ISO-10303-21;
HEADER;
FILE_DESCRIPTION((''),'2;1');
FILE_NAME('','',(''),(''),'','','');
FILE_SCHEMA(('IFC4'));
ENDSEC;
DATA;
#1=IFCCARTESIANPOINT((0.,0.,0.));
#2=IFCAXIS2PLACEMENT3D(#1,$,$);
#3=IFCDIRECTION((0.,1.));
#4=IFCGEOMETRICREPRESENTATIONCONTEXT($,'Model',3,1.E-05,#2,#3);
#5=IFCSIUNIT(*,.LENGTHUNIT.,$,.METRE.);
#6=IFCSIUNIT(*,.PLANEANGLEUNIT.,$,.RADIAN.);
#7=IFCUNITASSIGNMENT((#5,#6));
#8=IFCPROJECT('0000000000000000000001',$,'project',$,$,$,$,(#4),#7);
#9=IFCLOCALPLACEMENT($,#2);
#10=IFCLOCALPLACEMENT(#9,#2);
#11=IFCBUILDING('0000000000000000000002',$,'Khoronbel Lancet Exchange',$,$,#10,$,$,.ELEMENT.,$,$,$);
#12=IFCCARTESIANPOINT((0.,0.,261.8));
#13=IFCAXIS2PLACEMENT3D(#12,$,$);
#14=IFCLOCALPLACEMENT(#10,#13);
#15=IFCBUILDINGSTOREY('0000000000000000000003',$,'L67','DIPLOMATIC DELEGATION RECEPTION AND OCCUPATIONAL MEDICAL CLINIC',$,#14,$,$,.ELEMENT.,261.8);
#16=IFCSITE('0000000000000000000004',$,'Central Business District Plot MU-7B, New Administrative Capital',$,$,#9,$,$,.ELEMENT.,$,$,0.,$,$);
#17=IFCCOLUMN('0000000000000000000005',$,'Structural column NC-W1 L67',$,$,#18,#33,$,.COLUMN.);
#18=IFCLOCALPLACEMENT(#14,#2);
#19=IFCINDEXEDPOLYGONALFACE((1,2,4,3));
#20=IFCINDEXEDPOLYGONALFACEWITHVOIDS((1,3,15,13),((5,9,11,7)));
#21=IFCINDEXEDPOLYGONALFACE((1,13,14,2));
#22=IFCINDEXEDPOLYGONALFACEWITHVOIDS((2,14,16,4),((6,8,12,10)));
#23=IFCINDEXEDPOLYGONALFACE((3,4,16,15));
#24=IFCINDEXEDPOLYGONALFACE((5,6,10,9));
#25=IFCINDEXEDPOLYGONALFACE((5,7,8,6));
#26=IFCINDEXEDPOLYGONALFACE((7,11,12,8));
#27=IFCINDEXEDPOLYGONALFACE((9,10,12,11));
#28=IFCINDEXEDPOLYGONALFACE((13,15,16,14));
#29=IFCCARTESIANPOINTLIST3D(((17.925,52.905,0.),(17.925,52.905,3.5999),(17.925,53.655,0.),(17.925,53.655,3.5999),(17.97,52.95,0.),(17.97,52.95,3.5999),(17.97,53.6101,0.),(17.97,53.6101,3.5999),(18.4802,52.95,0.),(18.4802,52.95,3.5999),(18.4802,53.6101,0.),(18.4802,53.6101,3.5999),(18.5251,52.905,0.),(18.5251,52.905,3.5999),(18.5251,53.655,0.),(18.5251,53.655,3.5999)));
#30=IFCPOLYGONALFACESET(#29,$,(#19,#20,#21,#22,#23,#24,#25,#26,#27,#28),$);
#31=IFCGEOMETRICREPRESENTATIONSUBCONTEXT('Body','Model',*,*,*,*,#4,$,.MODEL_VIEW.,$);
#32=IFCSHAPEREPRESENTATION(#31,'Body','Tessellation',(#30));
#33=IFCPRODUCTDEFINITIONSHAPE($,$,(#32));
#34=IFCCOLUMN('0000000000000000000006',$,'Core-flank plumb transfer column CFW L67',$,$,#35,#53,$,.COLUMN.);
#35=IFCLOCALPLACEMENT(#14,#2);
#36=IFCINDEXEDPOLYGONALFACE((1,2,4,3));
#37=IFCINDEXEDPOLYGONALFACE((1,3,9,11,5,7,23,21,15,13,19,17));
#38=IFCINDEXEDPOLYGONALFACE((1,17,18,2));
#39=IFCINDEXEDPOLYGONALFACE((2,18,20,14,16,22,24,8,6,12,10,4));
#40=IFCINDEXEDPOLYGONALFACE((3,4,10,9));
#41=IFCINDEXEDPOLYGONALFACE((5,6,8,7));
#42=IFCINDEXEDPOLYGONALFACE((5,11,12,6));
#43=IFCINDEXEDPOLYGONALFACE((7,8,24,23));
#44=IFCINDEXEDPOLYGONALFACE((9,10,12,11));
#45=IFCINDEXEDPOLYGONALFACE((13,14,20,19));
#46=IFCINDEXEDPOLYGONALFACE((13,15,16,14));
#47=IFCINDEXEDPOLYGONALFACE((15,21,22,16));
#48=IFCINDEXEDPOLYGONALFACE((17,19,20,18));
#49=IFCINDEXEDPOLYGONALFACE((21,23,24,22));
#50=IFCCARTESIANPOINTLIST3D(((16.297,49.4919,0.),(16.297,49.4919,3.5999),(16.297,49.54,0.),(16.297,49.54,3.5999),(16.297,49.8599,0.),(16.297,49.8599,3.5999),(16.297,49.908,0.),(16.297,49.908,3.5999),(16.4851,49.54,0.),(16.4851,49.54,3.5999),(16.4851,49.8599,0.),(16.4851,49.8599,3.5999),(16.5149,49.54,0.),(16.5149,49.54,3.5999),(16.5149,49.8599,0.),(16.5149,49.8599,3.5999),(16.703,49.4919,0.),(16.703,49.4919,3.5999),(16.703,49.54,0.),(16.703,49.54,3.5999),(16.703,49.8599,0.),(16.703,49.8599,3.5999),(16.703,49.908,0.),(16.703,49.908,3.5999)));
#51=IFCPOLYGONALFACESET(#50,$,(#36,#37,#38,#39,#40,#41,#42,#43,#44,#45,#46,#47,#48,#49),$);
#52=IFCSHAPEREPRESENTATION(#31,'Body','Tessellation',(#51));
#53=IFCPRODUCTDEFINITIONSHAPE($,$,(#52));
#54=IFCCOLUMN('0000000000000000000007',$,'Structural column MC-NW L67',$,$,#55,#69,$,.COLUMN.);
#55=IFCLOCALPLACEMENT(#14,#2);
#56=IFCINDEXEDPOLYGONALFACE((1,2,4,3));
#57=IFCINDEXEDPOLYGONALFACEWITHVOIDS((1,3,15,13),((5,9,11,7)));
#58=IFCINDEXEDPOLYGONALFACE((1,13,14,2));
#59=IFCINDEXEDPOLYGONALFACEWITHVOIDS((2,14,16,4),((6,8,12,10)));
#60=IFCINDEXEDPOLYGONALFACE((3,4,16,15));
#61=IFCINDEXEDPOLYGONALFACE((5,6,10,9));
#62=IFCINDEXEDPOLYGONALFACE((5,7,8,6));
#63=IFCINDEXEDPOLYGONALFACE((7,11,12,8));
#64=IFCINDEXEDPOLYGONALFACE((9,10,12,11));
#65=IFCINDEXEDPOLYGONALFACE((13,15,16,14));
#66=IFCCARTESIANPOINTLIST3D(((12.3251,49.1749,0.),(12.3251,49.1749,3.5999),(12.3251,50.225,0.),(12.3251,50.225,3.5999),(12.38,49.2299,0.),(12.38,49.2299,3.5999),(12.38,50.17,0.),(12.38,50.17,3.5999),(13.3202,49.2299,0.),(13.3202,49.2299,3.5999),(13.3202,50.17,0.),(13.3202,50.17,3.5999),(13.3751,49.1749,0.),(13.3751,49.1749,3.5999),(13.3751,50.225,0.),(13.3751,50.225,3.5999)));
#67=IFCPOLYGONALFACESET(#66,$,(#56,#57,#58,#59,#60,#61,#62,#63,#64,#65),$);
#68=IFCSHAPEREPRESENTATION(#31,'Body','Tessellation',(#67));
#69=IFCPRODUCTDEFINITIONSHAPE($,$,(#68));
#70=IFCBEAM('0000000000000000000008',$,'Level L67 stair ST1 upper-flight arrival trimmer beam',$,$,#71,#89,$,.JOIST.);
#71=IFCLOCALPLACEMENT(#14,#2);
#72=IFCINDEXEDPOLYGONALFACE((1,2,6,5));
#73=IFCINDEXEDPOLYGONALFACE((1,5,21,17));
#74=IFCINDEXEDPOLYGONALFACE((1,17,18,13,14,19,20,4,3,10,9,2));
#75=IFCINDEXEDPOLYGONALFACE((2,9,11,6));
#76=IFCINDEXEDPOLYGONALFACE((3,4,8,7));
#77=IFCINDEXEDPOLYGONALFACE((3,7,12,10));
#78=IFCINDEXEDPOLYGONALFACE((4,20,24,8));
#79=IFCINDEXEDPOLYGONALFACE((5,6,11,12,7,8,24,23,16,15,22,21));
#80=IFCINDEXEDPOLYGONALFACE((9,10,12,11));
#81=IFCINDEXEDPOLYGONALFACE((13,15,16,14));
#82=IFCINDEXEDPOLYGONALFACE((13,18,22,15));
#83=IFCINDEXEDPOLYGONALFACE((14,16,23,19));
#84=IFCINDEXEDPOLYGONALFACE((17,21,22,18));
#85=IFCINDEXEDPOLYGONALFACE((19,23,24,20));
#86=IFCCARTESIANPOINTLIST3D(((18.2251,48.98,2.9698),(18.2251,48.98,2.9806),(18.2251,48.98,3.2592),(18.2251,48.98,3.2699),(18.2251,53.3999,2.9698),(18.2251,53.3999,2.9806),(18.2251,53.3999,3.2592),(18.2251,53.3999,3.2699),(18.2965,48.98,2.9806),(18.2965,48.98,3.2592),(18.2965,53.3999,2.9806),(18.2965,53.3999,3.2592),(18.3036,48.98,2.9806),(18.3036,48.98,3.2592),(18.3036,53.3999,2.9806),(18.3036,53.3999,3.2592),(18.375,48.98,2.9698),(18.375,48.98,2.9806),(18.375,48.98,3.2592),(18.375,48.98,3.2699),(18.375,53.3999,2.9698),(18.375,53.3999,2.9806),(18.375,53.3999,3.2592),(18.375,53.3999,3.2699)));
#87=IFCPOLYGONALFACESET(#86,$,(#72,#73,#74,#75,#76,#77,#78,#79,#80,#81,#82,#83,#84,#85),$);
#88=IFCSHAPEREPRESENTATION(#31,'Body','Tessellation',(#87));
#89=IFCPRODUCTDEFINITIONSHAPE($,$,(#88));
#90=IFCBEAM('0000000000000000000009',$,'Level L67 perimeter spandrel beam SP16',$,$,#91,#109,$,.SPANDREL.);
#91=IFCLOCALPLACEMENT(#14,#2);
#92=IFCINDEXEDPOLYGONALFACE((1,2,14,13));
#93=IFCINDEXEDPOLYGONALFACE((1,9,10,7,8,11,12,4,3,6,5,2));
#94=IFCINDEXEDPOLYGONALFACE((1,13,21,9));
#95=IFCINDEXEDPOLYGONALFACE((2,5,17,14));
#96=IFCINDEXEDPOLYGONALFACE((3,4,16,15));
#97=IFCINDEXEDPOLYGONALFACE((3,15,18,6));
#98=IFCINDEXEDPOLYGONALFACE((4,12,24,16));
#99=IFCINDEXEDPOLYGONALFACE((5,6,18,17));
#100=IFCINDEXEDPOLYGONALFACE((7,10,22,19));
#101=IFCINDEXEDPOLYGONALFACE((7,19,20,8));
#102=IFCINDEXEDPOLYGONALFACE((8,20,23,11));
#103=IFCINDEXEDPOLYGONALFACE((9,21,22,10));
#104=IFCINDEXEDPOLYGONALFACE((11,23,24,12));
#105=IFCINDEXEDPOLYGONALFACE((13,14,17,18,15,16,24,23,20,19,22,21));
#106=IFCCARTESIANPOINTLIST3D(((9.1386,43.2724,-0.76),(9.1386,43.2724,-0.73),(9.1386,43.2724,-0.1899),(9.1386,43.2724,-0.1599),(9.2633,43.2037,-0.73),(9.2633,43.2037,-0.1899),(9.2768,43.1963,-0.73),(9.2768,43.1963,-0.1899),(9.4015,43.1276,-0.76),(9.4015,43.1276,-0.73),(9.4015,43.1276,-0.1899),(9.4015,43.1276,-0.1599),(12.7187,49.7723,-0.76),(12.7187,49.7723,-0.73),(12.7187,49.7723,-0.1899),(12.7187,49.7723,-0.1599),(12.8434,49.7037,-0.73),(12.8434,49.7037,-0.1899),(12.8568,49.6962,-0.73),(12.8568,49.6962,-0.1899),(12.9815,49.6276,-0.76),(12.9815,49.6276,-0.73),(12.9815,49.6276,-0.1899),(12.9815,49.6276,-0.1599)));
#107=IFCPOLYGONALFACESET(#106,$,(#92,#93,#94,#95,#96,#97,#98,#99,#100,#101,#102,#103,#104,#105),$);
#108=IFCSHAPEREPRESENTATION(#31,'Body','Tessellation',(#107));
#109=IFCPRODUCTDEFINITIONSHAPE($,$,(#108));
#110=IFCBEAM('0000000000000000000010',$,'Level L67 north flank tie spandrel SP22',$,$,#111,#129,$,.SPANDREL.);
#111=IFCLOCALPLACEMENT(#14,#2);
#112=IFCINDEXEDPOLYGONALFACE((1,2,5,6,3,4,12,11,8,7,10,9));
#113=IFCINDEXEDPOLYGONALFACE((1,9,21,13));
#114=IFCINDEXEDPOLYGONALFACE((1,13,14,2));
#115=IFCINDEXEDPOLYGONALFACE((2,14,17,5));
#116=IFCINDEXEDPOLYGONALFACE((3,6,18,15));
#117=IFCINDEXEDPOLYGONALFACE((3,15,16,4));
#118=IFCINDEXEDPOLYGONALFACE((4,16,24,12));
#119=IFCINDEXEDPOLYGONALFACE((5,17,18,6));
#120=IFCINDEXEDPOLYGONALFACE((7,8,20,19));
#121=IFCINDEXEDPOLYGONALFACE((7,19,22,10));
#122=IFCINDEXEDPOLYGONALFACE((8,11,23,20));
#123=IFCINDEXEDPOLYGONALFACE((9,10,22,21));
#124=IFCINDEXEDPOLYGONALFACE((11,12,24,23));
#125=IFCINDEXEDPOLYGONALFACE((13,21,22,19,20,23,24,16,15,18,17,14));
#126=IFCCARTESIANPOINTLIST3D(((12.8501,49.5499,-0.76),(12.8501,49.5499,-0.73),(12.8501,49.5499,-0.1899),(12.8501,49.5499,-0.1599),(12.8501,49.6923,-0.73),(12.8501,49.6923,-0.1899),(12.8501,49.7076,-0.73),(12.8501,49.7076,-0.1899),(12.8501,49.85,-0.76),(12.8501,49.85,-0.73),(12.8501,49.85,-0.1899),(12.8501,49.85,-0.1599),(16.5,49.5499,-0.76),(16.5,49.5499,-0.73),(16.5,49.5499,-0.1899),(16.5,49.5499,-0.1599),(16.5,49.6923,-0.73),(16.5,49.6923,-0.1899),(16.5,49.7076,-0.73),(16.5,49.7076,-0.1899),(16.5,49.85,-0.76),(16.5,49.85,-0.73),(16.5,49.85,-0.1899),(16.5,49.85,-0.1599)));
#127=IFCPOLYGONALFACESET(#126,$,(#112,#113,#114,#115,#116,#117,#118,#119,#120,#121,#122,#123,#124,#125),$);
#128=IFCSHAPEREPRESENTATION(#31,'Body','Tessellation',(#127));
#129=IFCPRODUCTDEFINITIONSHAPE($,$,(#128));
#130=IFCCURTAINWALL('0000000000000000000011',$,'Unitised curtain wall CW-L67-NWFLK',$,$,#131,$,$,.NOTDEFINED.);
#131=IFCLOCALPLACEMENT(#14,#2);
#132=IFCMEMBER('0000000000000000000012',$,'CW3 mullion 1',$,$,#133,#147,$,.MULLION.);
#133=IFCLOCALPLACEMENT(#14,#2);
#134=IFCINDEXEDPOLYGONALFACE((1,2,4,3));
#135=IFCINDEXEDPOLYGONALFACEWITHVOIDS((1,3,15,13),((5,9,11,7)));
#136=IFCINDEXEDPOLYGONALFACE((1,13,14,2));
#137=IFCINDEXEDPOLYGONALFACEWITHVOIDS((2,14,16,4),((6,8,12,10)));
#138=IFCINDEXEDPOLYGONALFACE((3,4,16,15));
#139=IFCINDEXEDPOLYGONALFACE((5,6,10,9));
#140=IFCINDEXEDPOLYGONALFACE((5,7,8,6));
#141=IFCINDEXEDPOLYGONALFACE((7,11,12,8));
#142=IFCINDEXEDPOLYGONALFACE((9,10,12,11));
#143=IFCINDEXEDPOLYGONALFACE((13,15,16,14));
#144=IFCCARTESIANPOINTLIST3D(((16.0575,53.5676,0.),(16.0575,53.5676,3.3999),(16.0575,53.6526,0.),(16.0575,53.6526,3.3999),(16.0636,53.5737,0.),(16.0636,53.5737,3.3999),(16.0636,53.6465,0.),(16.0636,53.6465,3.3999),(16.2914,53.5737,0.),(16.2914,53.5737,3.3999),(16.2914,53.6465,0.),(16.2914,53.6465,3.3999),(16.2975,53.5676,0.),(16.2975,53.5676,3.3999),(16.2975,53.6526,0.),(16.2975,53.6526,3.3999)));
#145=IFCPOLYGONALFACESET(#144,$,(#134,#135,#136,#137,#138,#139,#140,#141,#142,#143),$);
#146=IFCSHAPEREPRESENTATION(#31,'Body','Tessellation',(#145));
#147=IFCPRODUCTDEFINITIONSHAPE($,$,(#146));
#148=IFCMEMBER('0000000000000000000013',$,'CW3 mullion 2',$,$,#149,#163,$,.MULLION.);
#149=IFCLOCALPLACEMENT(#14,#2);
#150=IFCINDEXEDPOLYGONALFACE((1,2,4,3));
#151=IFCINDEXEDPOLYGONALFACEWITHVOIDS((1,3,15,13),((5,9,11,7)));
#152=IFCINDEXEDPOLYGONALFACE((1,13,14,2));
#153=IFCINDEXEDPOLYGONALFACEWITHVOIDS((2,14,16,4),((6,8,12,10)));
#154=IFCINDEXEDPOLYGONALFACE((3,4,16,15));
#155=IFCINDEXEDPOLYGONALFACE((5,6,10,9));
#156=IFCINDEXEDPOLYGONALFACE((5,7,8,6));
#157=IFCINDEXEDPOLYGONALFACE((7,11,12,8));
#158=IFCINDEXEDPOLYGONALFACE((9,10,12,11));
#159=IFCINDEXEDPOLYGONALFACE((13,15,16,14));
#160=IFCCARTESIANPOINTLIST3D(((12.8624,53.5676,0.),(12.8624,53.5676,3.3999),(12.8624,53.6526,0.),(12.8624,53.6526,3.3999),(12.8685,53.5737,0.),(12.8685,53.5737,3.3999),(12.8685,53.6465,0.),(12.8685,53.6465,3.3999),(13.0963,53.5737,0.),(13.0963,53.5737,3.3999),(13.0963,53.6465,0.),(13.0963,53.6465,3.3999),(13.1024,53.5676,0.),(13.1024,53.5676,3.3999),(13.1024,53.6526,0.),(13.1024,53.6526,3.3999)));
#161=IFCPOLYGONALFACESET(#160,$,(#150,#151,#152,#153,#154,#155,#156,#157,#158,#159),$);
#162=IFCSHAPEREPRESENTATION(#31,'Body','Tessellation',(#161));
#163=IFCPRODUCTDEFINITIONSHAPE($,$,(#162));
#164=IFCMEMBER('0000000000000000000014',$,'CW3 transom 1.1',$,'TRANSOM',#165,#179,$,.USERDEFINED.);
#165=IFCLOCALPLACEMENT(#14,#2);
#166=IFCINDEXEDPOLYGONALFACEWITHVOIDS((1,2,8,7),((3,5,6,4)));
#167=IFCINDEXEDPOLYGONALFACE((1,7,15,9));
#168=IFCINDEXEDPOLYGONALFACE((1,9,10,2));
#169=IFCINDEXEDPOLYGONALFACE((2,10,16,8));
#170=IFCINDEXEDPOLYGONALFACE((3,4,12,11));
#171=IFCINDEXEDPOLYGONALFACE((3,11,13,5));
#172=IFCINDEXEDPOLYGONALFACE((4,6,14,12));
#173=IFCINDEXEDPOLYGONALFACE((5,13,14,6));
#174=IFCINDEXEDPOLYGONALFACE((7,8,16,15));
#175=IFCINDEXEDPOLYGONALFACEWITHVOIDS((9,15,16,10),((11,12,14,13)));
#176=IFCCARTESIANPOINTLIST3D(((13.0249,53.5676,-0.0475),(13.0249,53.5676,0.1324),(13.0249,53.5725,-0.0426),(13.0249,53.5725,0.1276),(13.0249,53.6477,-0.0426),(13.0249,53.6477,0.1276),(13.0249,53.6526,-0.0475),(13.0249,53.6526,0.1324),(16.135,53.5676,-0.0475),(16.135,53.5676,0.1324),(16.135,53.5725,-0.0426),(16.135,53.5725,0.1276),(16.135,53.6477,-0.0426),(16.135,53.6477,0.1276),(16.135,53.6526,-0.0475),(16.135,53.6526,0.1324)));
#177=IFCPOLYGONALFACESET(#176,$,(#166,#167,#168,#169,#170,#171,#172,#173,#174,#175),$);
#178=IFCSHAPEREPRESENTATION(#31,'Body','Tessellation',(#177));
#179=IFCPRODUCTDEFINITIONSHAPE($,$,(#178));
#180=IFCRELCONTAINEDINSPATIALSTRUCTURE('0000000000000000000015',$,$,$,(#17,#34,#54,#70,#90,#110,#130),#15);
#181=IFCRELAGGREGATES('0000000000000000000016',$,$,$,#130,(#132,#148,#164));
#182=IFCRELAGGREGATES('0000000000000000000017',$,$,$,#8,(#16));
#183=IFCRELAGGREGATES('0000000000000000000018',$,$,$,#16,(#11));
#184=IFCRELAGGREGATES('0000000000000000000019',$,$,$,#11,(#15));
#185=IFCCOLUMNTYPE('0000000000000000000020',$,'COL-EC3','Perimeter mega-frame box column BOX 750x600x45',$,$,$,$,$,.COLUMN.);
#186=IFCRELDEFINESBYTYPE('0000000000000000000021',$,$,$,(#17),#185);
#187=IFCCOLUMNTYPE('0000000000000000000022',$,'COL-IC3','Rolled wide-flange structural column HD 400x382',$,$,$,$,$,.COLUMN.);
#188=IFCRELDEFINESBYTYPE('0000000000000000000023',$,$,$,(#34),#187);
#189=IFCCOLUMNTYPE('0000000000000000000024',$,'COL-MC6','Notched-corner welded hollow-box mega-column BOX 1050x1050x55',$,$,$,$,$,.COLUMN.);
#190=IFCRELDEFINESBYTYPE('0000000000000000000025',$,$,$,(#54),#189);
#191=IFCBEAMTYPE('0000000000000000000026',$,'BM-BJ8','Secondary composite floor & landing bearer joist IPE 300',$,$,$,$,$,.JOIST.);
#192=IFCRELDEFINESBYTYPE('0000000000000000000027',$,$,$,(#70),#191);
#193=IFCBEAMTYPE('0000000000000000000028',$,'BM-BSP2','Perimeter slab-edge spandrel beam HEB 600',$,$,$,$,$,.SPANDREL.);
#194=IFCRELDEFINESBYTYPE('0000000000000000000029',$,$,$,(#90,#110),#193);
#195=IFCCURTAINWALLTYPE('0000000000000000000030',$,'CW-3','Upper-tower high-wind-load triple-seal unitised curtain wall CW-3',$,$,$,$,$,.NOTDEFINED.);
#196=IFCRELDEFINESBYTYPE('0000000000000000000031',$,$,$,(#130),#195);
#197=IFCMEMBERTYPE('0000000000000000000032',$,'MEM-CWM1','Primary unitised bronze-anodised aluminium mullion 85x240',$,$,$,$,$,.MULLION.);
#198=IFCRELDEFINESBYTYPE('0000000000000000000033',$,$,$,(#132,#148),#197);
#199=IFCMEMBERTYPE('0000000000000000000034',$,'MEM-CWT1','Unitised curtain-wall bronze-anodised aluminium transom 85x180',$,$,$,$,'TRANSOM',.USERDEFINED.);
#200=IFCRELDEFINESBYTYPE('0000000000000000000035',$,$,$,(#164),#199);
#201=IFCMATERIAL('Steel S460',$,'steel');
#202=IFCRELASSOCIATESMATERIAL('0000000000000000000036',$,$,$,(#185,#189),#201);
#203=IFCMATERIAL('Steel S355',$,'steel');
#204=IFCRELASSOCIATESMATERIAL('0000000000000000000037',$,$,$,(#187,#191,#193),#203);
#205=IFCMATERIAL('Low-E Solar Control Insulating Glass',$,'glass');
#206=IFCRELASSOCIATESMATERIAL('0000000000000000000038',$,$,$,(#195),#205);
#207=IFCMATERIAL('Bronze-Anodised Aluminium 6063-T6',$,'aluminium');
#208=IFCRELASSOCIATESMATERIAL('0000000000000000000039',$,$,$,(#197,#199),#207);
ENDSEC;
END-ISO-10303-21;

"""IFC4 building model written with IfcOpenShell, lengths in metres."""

from ifc_helpers import new_model, si_unit, direction, frame, origin, origin_2d, place, context, subcontext, project, spatial, hollow_rectangle, i_section, extrude, material, material_profile, profile_set, type_object, element, aggregate, save


model = new_model("IFC4")

# Units and contexts
model_context = context("Model", 3, precision=1e-05, world=origin(), true_north=direction((0.0, 1.0)))
body_context = subcontext(model_context, "Body", "Model", "MODEL_VIEW")
ifc_project = project(units=[si_unit("LENGTHUNIT", "METRE"), si_unit("PLANEANGLEUNIT", "RADIAN")], contexts=[model_context])

# Site, building, storey
site_placement = place(None, origin())
site = spatial("IfcSite", under=ifc_project, at=site_placement, Name="Central Business District Plot MU-7B, New Administrative Capital", CompositionType="ELEMENT", RefElevation=0.0)
building_placement = place(site_placement, origin())
building = spatial("IfcBuilding", under=site, at=building_placement, Name="Khoronbel Lancet Exchange", CompositionType="ELEMENT")
storey_placement = place(building_placement, frame((0.0, 0.0, 261.8)))
storey = spatial("IfcBuildingStorey", under=building, at=storey_placement, Name="L67", Description="DIPLOMATIC DELEGATION RECEPTION AND OCCUPATIONAL MEDICAL CLINIC", CompositionType="ELEMENT", Elevation=261.8)

# Columns
ifc_material_1 = material(Name="Steel S460", Category="steel")
ifc_material_profile_1 = material_profile(ifc_material_1, hollow_rectangle(XDim=0.6001, YDim=0.75, WallThickness=0.0449, at=origin_2d()), Name="BOX 750x600x45")
ifc_profile_set_1 = profile_set([ifc_material_profile_1], Name="Steel S460")
column_type_1 = type_object("IfcColumnType", Name="COL-EC3", Description="Perimeter mega-frame box column BOX 750x600x45", PredefinedType="COLUMN", material=ifc_profile_set_1)
column_1_placement = place(storey_placement, frame((18.2251, 53.28, 0.0), z_axis=(0.0, 0.0, 1.0), x_axis=(1.0, 0.0, 0.0)))
element("IfcColumn", 1, at=column_1_placement, inside=storey, type_object=column_type_1, Name="Structural column NC-W1 L67", PredefinedType="COLUMN", context=body_context, shape_type="SweptSolid", body=[
    extrude(hollow_rectangle(XDim=0.6001, YDim=0.75, WallThickness=0.0449, at=origin_2d()), origin(), (0.0, 0.0, 1.0), 3.5999),
])
ifc_material_2 = material(Name="Steel S355", Category="steel")
ifc_material_profile_2 = material_profile(ifc_material_2, i_section(OverallWidth=0.406, OverallDepth=0.416, WebThickness=0.0298, FlangeThickness=0.0481, at=origin_2d()), Name="HD 400x382")
ifc_profile_set_2 = profile_set([ifc_material_profile_2], Name="Steel S355")
column_type_2 = type_object("IfcColumnType", Name="COL-IC3", Description="Rolled wide-flange structural column HD 400x382", PredefinedType="COLUMN", material=ifc_profile_set_2)
column_2_placement = place(storey_placement, frame((16.5, 49.7, 0.0), z_axis=(0.0, 0.0, 1.0), x_axis=(1.0, 0.0, 0.0)))
element("IfcColumn", 2, at=column_2_placement, inside=storey, type_object=column_type_2, Name="Core-flank plumb transfer column CFW L67", PredefinedType="COLUMN", context=body_context, shape_type="SweptSolid", body=[
    extrude(i_section(OverallWidth=0.406, OverallDepth=0.416, WebThickness=0.0298, FlangeThickness=0.0481, at=origin_2d()), origin(), (0.0, 0.0, 1.0), 3.5999),
])
ifc_material_profile_3 = material_profile(ifc_material_1, hollow_rectangle(XDim=1.05, YDim=1.05, WallThickness=0.0549, at=origin_2d()), Name="BOX 1050x1050x55")
ifc_profile_set_3 = profile_set([ifc_material_profile_3], Name="Steel S460")
column_type_3 = type_object("IfcColumnType", Name="COL-MC6", Description="Notched-corner welded hollow-box mega-column BOX 1050x1050x55", PredefinedType="COLUMN", material=ifc_profile_set_3)
column_3_placement = place(storey_placement, frame((12.8501, 49.7, 0.0), z_axis=(0.0, 0.0, 1.0), x_axis=(1.0, 0.0, 0.0)))
element("IfcColumn", 3, at=column_3_placement, inside=storey, type_object=column_type_3, Name="Structural column MC-NW L67", PredefinedType="COLUMN", context=body_context, shape_type="SweptSolid", body=[
    extrude(hollow_rectangle(XDim=1.05, YDim=1.05, WallThickness=0.0549, at=origin_2d()), origin(), (0.0, 0.0, 1.0), 3.5999),
])

# Beams
ifc_material_profile_4 = material_profile(ifc_material_2, i_section(OverallWidth=0.1499, OverallDepth=0.3, WebThickness=0.0071, FlangeThickness=0.0107, at=origin_2d()), Name="IPE 300")
ifc_profile_set_4 = profile_set([ifc_material_profile_4], Name="Steel S355")
beam_type_1 = type_object("IfcBeamType", Name="BM-BJ8", Description="Secondary composite floor & landing bearer joist IPE 300", PredefinedType="JOIST", material=ifc_profile_set_4)
beam_1_placement = place(storey_placement, frame((18.3, 48.98, 3.1199), z_axis=(0.0, 1.0, 0.0), x_axis=(-1.0, 0.0, 0.0)))
element("IfcBeam", 4, at=beam_1_placement, inside=storey, type_object=beam_type_1, Name="Level L67 stair ST1 upper-flight arrival trimmer beam", PredefinedType="JOIST", context=body_context, shape_type="SweptSolid", body=[
    extrude(i_section(OverallWidth=0.1499, OverallDepth=0.3, WebThickness=0.0071, FlangeThickness=0.0107, at=origin_2d()), origin(), (0.0, 0.0, 1.0), 4.4199),
])
ifc_material_profile_5 = material_profile(ifc_material_2, i_section(OverallWidth=0.3, OverallDepth=0.6001, WebThickness=0.0154, FlangeThickness=0.03, at=origin_2d()), Name="HEB 600")
ifc_profile_set_5 = profile_set([ifc_material_profile_5], Name="Steel S355")
beam_type_2 = type_object("IfcBeamType", Name="BM-BSP2", Description="Perimeter slab-edge spandrel beam HEB 600", PredefinedType="SPANDREL", material=ifc_profile_set_5)
beam_2_placement = place(storey_placement, frame((12.8501, 49.7, -0.46), z_axis=(-0.482444, -0.875927, 0.0), x_axis=(0.875927, -0.482444, 0.0)))
element("IfcBeam", 5, at=beam_2_placement, inside=storey, type_object=beam_type_2, Name="Level L67 perimeter spandrel beam SP16", PredefinedType="SPANDREL", context=body_context, shape_type="SweptSolid", body=[
    extrude(i_section(OverallWidth=0.3, OverallDepth=0.6001, WebThickness=0.0154, FlangeThickness=0.03, at=origin_2d()), origin(), (0.0, 0.0, 1.0), 7.4207),
])
beam_3_placement = place(storey_placement, frame((12.8501, 49.7, -0.46), z_axis=(1.0, 0.0, 0.0), x_axis=(0.0, 1.0, 0.0)))
element("IfcBeam", 6, at=beam_3_placement, inside=storey, type_object=beam_type_2, Name="Level L67 north flank tie spandrel SP22", PredefinedType="SPANDREL", context=body_context, shape_type="SweptSolid", body=[
    extrude(i_section(OverallWidth=0.3, OverallDepth=0.6001, WebThickness=0.0154, FlangeThickness=0.03, at=origin_2d()), origin(), (0.0, 0.0, 1.0), 3.6499),
])

# Curtain wall, members
ifc_material_3 = material(Name="Low-E Solar Control Insulating Glass", Category="glass")
curtain_wall_type = type_object("IfcCurtainWallType", Name="CW-3", Description="Upper-tower high-wind-load triple-seal unitised curtain wall CW-3", PredefinedType="NOTDEFINED", material=ifc_material_3)
curtain_wall_placement = place(storey_placement, origin())
curtain_wall = element("IfcCurtainWall", 7, at=curtain_wall_placement, inside=storey, type_object=curtain_wall_type, Name="Unitised curtain wall CW-L67-NWFLK", PredefinedType="NOTDEFINED")
ifc_material_4 = material(Name="Bronze-Anodised Aluminium 6063-T6", Category="aluminium")
ifc_material_profile_6 = material_profile(ifc_material_4, hollow_rectangle(XDim=0.085, YDim=0.24, WallThickness=0.0061, at=origin_2d()), Name="ALU MULLION 85x240")
ifc_profile_set_6 = profile_set([ifc_material_profile_6], Name="Bronze-Anodised Aluminium 6063-T6")
member_type_1 = type_object("IfcMemberType", Name="MEM-CWM1", Description="Primary unitised bronze-anodised aluminium mullion 85x240", PredefinedType="MULLION", material=ifc_profile_set_6)
member_1_placement = place(storey_placement, frame((16.1775, 53.6101, 0.0), z_axis=(0.0, 0.0, 1.0), x_axis=(0.0, -1.0, 0.0)))
member_1 = element("IfcMember", 8, at=member_1_placement, type_object=member_type_1, Name="CW3 mullion 1", PredefinedType="MULLION", context=body_context, shape_type="SweptSolid", body=[
    extrude(hollow_rectangle(XDim=0.085, YDim=0.24, WallThickness=0.0061, at=origin_2d()), origin(), (0.0, 0.0, 1.0), 3.3999),
])
member_2_placement = place(storey_placement, frame((12.9824, 53.6101, 0.0), z_axis=(0.0, 0.0, 1.0), x_axis=(0.0, -1.0, 0.0)))
member_2 = element("IfcMember", 9, at=member_2_placement, type_object=member_type_1, Name="CW3 mullion 2", PredefinedType="MULLION", context=body_context, shape_type="SweptSolid", body=[
    extrude(hollow_rectangle(XDim=0.085, YDim=0.24, WallThickness=0.0061, at=origin_2d()), origin(), (0.0, 0.0, 1.0), 3.3999),
])
ifc_material_profile_7 = material_profile(ifc_material_4, hollow_rectangle(XDim=0.085, YDim=0.1799, WallThickness=0.0049, at=origin_2d()), Name="ALU TRANSOM 85x180")
ifc_profile_set_7 = profile_set([ifc_material_profile_7], Name="Bronze-Anodised Aluminium 6063-T6")
member_type_2 = type_object("IfcMemberType", Name="MEM-CWT1", Description="Unitised curtain-wall bronze-anodised aluminium transom 85x180", ElementType="TRANSOM", PredefinedType="USERDEFINED", material=ifc_profile_set_7)
member_3_placement = place(storey_placement, frame((16.135, 53.6101, 0.0425), z_axis=(-1.0, 0.0, 0.0), x_axis=(0.0, -1.0, 0.0)))
member_3 = element("IfcMember", 10, at=member_3_placement, type_object=member_type_2, Name="CW3 transom 1.1", ObjectType="TRANSOM", PredefinedType="USERDEFINED", context=body_context, shape_type="SweptSolid", body=[
    extrude(hollow_rectangle(XDim=0.085, YDim=0.1799, WallThickness=0.0049, at=origin_2d()), origin(), (0.0, 0.0, 1.0), 3.1101),
])

aggregate(curtain_wall, [member_1, member_2, member_3])

save(model, "model.ifc")
